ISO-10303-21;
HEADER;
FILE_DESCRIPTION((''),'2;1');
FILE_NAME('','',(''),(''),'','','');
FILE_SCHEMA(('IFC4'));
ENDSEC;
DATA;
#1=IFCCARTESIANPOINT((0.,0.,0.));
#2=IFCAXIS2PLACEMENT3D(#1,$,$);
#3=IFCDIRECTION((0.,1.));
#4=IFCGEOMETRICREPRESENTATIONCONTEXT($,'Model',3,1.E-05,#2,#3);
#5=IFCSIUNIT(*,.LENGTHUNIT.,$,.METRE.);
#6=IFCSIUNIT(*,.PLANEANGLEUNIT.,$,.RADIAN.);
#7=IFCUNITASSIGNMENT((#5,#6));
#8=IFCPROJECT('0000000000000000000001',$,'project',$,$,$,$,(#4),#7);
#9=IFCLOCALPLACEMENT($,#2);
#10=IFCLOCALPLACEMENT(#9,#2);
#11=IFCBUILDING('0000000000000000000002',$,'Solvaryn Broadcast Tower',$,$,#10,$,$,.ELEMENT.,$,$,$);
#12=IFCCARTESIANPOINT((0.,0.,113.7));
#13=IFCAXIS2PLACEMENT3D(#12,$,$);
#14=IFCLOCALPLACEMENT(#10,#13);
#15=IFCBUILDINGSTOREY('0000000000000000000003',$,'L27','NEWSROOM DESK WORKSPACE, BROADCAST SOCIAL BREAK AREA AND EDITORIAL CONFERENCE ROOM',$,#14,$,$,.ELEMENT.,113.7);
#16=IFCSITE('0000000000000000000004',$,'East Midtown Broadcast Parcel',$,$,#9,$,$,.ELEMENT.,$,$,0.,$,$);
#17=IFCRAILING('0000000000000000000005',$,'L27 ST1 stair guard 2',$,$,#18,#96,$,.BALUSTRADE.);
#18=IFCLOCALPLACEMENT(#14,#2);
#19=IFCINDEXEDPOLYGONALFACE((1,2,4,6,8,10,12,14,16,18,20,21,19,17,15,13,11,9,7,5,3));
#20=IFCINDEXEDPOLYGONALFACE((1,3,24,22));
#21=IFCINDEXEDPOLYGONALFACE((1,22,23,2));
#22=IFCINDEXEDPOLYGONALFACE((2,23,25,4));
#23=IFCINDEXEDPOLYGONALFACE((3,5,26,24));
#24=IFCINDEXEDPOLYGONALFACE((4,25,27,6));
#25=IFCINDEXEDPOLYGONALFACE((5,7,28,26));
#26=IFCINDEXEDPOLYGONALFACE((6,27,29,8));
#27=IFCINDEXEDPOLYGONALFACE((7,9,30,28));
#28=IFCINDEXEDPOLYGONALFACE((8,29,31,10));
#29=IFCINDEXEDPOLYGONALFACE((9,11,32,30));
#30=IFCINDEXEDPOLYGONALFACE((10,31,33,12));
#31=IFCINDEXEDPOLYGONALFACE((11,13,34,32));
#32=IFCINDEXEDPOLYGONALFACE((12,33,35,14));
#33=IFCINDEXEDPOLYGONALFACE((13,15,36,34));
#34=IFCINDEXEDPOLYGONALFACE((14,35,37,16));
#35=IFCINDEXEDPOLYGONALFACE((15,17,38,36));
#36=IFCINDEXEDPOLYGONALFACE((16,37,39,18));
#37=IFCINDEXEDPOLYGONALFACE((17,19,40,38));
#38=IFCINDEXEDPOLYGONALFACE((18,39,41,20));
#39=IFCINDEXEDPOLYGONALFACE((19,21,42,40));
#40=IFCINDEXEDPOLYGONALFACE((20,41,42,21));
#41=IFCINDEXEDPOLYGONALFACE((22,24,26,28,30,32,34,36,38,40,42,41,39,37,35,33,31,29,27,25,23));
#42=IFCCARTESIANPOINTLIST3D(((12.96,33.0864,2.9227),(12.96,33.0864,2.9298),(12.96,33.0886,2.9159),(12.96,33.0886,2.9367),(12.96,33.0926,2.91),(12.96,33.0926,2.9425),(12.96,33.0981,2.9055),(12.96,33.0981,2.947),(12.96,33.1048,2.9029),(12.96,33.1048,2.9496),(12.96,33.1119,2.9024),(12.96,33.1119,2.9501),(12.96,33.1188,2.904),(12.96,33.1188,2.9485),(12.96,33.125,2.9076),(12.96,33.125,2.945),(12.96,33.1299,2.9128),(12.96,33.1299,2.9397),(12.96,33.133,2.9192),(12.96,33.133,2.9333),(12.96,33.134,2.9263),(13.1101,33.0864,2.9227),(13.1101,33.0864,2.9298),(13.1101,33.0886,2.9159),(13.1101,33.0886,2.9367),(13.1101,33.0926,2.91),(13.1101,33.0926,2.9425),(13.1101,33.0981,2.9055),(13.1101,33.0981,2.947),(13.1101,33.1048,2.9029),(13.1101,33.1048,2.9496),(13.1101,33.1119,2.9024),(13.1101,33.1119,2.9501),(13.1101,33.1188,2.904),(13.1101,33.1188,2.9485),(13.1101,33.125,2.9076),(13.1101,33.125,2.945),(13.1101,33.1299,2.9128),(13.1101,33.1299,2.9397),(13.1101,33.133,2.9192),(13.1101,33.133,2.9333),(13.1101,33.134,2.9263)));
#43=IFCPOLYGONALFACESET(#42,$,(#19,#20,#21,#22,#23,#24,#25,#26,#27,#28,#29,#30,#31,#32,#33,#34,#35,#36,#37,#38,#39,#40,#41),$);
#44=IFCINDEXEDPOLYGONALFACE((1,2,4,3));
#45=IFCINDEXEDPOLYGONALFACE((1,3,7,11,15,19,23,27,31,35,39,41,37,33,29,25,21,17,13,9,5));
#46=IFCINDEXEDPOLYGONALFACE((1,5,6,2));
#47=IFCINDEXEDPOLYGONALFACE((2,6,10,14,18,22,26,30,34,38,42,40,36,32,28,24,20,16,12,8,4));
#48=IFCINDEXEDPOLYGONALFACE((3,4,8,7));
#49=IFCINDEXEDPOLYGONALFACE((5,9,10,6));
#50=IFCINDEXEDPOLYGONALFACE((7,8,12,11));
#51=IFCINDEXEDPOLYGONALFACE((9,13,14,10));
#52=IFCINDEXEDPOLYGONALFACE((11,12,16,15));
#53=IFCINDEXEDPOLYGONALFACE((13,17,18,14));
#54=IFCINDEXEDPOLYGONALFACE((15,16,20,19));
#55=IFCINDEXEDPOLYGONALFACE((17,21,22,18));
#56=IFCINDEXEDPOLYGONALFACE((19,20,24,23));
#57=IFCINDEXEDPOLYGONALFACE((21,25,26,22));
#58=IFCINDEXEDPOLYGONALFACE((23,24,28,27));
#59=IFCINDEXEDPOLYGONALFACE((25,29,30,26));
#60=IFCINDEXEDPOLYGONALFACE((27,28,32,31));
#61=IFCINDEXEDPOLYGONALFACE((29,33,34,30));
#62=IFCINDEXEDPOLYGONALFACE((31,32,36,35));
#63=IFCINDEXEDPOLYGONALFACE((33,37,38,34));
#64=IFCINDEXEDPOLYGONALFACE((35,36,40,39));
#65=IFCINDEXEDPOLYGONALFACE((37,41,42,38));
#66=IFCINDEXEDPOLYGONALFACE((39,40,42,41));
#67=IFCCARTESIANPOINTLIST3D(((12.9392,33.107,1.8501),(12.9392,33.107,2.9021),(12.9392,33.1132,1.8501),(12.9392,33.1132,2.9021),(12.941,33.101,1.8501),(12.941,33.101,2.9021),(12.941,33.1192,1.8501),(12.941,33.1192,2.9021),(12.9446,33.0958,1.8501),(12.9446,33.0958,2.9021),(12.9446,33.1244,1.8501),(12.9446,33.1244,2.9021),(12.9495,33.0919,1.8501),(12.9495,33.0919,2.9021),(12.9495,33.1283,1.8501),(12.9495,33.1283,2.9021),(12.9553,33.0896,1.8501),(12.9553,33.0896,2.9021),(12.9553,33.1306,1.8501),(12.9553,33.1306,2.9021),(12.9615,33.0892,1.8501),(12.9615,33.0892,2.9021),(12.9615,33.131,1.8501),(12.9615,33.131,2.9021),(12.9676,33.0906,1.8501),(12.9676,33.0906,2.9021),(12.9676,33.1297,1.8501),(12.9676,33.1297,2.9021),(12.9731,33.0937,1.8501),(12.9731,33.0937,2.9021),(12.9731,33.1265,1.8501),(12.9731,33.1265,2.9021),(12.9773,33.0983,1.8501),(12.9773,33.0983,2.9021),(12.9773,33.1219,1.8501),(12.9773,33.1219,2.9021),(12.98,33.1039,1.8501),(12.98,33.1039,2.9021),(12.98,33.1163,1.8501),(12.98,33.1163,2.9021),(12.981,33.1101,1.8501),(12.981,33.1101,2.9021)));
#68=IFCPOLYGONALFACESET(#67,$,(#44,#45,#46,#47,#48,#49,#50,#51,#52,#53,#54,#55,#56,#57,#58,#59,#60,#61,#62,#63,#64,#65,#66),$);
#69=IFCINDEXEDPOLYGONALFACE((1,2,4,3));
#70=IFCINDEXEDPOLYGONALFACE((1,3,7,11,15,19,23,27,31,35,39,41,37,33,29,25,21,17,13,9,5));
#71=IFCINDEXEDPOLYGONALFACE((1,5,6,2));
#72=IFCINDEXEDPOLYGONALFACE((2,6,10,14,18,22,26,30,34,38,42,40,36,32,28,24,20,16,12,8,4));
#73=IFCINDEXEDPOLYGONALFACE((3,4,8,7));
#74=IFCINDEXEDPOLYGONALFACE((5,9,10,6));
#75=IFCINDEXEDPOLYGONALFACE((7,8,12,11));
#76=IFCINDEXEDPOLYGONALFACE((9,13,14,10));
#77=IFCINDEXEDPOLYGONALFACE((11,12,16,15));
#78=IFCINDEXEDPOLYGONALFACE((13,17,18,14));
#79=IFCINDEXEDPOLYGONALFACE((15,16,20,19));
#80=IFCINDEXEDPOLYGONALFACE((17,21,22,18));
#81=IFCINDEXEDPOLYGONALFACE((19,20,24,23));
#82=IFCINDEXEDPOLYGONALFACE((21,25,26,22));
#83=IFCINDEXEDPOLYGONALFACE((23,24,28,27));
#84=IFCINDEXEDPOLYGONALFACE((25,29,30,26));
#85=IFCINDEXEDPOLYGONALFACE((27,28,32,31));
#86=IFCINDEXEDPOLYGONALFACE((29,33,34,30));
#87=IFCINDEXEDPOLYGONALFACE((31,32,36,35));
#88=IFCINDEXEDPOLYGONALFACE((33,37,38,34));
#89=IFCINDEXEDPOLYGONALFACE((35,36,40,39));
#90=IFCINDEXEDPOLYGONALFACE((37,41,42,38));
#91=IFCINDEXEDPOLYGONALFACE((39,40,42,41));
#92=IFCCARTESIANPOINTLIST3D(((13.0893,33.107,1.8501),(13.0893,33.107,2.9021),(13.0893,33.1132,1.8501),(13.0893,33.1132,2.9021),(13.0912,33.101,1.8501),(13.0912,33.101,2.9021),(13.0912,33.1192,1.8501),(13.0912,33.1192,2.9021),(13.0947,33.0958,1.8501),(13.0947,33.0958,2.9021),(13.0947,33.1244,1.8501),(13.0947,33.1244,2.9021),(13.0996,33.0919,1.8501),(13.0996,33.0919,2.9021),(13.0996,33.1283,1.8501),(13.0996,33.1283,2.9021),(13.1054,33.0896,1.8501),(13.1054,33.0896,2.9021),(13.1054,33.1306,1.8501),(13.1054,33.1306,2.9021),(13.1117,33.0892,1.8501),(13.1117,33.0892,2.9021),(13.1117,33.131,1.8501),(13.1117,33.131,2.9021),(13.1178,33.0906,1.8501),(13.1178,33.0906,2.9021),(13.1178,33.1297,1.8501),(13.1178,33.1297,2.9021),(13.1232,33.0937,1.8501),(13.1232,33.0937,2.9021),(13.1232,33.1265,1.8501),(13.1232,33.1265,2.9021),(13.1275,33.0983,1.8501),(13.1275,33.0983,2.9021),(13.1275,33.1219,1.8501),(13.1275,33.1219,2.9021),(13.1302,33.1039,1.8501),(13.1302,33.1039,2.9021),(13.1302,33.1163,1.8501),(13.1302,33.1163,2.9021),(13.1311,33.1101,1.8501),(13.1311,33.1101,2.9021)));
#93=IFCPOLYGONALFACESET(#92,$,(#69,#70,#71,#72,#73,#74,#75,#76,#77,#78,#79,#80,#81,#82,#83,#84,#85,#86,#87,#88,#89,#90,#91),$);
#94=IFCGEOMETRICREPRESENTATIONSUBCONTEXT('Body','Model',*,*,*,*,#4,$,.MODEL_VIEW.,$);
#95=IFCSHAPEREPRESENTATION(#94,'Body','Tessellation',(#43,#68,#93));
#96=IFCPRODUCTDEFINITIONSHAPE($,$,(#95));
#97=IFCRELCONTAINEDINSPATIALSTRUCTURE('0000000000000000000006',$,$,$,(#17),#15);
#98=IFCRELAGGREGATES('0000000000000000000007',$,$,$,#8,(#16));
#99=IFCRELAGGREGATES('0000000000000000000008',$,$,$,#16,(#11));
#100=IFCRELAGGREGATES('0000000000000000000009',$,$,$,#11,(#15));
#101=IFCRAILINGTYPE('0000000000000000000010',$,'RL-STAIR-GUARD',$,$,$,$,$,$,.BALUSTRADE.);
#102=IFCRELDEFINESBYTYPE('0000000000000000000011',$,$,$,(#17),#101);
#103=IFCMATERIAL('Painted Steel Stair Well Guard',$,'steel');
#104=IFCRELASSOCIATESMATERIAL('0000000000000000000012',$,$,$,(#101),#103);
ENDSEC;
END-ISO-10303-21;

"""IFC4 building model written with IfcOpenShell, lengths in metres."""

from ifc_helpers import new_model, si_unit, direction, frame, origin, origin_2d, place, context, subcontext, project, spatial, circle, extrude, material, type_object, element, save


model = new_model("IFC4")

# Units and contexts
model_context = context("Model", 3, precision=1e-05, world=origin(), true_north=direction((0.0, 1.0)))
body_context = subcontext(model_context, "Body", "Model", "MODEL_VIEW")
ifc_project = project(units=[si_unit("LENGTHUNIT", "METRE"), si_unit("PLANEANGLEUNIT", "RADIAN")], contexts=[model_context])

# Site, building, storey
site_placement = place(None, origin())
site = spatial("IfcSite", under=ifc_project, at=site_placement, Name="East Midtown Broadcast Parcel", CompositionType="ELEMENT", RefElevation=0.0)
building_placement = place(site_placement, origin())
building = spatial("IfcBuilding", under=site, at=building_placement, Name="Solvaryn Broadcast Tower", CompositionType="ELEMENT")
storey_placement = place(building_placement, frame((0.0, 0.0, 113.7)))
storey = spatial("IfcBuildingStorey", under=building, at=storey_placement, Name="L27", Description="NEWSROOM DESK WORKSPACE, BROADCAST SOCIAL BREAK AREA AND EDITORIAL CONFERENCE ROOM", CompositionType="ELEMENT", Elevation=113.7)

# Railing
ifc_material_1 = material(Name="Painted Steel Stair Well Guard", Category="steel")
railing_type_1 = type_object("IfcRailingType", Name="RL-STAIR-GUARD", PredefinedType="BALUSTRADE", material=ifc_material_1)
railing_1_placement = place(storey_placement, frame((12.96, 33.1101, 1.8501)))
element("IfcRailing", 1, at=railing_1_placement, inside=storey, type_object=railing_type_1, Name="L27 ST1 stair guard 2", PredefinedType="BALUSTRADE", context=body_context, shape_type="SweptSolid", body=[
    extrude(circle(Radius=0.0239, at=origin_2d()), frame((0.0, 0.0, 1.0762), z_axis=(1.0, 0.0, 0.0), x_axis=(0.0, 1.0, 0.0)), (0.0, 0.0, 1.0), 0.1501),
    extrude(circle(Radius=0.021, at=origin_2d()), origin(), (0.0, 0.0, 1.0), 1.052),
    extrude(circle(Radius=0.021, at=origin_2d()), frame((0.1501, 0.0, 0.0)), (0.0, 0.0, 1.0), 1.052),
])

save(model, "model.ifc")
